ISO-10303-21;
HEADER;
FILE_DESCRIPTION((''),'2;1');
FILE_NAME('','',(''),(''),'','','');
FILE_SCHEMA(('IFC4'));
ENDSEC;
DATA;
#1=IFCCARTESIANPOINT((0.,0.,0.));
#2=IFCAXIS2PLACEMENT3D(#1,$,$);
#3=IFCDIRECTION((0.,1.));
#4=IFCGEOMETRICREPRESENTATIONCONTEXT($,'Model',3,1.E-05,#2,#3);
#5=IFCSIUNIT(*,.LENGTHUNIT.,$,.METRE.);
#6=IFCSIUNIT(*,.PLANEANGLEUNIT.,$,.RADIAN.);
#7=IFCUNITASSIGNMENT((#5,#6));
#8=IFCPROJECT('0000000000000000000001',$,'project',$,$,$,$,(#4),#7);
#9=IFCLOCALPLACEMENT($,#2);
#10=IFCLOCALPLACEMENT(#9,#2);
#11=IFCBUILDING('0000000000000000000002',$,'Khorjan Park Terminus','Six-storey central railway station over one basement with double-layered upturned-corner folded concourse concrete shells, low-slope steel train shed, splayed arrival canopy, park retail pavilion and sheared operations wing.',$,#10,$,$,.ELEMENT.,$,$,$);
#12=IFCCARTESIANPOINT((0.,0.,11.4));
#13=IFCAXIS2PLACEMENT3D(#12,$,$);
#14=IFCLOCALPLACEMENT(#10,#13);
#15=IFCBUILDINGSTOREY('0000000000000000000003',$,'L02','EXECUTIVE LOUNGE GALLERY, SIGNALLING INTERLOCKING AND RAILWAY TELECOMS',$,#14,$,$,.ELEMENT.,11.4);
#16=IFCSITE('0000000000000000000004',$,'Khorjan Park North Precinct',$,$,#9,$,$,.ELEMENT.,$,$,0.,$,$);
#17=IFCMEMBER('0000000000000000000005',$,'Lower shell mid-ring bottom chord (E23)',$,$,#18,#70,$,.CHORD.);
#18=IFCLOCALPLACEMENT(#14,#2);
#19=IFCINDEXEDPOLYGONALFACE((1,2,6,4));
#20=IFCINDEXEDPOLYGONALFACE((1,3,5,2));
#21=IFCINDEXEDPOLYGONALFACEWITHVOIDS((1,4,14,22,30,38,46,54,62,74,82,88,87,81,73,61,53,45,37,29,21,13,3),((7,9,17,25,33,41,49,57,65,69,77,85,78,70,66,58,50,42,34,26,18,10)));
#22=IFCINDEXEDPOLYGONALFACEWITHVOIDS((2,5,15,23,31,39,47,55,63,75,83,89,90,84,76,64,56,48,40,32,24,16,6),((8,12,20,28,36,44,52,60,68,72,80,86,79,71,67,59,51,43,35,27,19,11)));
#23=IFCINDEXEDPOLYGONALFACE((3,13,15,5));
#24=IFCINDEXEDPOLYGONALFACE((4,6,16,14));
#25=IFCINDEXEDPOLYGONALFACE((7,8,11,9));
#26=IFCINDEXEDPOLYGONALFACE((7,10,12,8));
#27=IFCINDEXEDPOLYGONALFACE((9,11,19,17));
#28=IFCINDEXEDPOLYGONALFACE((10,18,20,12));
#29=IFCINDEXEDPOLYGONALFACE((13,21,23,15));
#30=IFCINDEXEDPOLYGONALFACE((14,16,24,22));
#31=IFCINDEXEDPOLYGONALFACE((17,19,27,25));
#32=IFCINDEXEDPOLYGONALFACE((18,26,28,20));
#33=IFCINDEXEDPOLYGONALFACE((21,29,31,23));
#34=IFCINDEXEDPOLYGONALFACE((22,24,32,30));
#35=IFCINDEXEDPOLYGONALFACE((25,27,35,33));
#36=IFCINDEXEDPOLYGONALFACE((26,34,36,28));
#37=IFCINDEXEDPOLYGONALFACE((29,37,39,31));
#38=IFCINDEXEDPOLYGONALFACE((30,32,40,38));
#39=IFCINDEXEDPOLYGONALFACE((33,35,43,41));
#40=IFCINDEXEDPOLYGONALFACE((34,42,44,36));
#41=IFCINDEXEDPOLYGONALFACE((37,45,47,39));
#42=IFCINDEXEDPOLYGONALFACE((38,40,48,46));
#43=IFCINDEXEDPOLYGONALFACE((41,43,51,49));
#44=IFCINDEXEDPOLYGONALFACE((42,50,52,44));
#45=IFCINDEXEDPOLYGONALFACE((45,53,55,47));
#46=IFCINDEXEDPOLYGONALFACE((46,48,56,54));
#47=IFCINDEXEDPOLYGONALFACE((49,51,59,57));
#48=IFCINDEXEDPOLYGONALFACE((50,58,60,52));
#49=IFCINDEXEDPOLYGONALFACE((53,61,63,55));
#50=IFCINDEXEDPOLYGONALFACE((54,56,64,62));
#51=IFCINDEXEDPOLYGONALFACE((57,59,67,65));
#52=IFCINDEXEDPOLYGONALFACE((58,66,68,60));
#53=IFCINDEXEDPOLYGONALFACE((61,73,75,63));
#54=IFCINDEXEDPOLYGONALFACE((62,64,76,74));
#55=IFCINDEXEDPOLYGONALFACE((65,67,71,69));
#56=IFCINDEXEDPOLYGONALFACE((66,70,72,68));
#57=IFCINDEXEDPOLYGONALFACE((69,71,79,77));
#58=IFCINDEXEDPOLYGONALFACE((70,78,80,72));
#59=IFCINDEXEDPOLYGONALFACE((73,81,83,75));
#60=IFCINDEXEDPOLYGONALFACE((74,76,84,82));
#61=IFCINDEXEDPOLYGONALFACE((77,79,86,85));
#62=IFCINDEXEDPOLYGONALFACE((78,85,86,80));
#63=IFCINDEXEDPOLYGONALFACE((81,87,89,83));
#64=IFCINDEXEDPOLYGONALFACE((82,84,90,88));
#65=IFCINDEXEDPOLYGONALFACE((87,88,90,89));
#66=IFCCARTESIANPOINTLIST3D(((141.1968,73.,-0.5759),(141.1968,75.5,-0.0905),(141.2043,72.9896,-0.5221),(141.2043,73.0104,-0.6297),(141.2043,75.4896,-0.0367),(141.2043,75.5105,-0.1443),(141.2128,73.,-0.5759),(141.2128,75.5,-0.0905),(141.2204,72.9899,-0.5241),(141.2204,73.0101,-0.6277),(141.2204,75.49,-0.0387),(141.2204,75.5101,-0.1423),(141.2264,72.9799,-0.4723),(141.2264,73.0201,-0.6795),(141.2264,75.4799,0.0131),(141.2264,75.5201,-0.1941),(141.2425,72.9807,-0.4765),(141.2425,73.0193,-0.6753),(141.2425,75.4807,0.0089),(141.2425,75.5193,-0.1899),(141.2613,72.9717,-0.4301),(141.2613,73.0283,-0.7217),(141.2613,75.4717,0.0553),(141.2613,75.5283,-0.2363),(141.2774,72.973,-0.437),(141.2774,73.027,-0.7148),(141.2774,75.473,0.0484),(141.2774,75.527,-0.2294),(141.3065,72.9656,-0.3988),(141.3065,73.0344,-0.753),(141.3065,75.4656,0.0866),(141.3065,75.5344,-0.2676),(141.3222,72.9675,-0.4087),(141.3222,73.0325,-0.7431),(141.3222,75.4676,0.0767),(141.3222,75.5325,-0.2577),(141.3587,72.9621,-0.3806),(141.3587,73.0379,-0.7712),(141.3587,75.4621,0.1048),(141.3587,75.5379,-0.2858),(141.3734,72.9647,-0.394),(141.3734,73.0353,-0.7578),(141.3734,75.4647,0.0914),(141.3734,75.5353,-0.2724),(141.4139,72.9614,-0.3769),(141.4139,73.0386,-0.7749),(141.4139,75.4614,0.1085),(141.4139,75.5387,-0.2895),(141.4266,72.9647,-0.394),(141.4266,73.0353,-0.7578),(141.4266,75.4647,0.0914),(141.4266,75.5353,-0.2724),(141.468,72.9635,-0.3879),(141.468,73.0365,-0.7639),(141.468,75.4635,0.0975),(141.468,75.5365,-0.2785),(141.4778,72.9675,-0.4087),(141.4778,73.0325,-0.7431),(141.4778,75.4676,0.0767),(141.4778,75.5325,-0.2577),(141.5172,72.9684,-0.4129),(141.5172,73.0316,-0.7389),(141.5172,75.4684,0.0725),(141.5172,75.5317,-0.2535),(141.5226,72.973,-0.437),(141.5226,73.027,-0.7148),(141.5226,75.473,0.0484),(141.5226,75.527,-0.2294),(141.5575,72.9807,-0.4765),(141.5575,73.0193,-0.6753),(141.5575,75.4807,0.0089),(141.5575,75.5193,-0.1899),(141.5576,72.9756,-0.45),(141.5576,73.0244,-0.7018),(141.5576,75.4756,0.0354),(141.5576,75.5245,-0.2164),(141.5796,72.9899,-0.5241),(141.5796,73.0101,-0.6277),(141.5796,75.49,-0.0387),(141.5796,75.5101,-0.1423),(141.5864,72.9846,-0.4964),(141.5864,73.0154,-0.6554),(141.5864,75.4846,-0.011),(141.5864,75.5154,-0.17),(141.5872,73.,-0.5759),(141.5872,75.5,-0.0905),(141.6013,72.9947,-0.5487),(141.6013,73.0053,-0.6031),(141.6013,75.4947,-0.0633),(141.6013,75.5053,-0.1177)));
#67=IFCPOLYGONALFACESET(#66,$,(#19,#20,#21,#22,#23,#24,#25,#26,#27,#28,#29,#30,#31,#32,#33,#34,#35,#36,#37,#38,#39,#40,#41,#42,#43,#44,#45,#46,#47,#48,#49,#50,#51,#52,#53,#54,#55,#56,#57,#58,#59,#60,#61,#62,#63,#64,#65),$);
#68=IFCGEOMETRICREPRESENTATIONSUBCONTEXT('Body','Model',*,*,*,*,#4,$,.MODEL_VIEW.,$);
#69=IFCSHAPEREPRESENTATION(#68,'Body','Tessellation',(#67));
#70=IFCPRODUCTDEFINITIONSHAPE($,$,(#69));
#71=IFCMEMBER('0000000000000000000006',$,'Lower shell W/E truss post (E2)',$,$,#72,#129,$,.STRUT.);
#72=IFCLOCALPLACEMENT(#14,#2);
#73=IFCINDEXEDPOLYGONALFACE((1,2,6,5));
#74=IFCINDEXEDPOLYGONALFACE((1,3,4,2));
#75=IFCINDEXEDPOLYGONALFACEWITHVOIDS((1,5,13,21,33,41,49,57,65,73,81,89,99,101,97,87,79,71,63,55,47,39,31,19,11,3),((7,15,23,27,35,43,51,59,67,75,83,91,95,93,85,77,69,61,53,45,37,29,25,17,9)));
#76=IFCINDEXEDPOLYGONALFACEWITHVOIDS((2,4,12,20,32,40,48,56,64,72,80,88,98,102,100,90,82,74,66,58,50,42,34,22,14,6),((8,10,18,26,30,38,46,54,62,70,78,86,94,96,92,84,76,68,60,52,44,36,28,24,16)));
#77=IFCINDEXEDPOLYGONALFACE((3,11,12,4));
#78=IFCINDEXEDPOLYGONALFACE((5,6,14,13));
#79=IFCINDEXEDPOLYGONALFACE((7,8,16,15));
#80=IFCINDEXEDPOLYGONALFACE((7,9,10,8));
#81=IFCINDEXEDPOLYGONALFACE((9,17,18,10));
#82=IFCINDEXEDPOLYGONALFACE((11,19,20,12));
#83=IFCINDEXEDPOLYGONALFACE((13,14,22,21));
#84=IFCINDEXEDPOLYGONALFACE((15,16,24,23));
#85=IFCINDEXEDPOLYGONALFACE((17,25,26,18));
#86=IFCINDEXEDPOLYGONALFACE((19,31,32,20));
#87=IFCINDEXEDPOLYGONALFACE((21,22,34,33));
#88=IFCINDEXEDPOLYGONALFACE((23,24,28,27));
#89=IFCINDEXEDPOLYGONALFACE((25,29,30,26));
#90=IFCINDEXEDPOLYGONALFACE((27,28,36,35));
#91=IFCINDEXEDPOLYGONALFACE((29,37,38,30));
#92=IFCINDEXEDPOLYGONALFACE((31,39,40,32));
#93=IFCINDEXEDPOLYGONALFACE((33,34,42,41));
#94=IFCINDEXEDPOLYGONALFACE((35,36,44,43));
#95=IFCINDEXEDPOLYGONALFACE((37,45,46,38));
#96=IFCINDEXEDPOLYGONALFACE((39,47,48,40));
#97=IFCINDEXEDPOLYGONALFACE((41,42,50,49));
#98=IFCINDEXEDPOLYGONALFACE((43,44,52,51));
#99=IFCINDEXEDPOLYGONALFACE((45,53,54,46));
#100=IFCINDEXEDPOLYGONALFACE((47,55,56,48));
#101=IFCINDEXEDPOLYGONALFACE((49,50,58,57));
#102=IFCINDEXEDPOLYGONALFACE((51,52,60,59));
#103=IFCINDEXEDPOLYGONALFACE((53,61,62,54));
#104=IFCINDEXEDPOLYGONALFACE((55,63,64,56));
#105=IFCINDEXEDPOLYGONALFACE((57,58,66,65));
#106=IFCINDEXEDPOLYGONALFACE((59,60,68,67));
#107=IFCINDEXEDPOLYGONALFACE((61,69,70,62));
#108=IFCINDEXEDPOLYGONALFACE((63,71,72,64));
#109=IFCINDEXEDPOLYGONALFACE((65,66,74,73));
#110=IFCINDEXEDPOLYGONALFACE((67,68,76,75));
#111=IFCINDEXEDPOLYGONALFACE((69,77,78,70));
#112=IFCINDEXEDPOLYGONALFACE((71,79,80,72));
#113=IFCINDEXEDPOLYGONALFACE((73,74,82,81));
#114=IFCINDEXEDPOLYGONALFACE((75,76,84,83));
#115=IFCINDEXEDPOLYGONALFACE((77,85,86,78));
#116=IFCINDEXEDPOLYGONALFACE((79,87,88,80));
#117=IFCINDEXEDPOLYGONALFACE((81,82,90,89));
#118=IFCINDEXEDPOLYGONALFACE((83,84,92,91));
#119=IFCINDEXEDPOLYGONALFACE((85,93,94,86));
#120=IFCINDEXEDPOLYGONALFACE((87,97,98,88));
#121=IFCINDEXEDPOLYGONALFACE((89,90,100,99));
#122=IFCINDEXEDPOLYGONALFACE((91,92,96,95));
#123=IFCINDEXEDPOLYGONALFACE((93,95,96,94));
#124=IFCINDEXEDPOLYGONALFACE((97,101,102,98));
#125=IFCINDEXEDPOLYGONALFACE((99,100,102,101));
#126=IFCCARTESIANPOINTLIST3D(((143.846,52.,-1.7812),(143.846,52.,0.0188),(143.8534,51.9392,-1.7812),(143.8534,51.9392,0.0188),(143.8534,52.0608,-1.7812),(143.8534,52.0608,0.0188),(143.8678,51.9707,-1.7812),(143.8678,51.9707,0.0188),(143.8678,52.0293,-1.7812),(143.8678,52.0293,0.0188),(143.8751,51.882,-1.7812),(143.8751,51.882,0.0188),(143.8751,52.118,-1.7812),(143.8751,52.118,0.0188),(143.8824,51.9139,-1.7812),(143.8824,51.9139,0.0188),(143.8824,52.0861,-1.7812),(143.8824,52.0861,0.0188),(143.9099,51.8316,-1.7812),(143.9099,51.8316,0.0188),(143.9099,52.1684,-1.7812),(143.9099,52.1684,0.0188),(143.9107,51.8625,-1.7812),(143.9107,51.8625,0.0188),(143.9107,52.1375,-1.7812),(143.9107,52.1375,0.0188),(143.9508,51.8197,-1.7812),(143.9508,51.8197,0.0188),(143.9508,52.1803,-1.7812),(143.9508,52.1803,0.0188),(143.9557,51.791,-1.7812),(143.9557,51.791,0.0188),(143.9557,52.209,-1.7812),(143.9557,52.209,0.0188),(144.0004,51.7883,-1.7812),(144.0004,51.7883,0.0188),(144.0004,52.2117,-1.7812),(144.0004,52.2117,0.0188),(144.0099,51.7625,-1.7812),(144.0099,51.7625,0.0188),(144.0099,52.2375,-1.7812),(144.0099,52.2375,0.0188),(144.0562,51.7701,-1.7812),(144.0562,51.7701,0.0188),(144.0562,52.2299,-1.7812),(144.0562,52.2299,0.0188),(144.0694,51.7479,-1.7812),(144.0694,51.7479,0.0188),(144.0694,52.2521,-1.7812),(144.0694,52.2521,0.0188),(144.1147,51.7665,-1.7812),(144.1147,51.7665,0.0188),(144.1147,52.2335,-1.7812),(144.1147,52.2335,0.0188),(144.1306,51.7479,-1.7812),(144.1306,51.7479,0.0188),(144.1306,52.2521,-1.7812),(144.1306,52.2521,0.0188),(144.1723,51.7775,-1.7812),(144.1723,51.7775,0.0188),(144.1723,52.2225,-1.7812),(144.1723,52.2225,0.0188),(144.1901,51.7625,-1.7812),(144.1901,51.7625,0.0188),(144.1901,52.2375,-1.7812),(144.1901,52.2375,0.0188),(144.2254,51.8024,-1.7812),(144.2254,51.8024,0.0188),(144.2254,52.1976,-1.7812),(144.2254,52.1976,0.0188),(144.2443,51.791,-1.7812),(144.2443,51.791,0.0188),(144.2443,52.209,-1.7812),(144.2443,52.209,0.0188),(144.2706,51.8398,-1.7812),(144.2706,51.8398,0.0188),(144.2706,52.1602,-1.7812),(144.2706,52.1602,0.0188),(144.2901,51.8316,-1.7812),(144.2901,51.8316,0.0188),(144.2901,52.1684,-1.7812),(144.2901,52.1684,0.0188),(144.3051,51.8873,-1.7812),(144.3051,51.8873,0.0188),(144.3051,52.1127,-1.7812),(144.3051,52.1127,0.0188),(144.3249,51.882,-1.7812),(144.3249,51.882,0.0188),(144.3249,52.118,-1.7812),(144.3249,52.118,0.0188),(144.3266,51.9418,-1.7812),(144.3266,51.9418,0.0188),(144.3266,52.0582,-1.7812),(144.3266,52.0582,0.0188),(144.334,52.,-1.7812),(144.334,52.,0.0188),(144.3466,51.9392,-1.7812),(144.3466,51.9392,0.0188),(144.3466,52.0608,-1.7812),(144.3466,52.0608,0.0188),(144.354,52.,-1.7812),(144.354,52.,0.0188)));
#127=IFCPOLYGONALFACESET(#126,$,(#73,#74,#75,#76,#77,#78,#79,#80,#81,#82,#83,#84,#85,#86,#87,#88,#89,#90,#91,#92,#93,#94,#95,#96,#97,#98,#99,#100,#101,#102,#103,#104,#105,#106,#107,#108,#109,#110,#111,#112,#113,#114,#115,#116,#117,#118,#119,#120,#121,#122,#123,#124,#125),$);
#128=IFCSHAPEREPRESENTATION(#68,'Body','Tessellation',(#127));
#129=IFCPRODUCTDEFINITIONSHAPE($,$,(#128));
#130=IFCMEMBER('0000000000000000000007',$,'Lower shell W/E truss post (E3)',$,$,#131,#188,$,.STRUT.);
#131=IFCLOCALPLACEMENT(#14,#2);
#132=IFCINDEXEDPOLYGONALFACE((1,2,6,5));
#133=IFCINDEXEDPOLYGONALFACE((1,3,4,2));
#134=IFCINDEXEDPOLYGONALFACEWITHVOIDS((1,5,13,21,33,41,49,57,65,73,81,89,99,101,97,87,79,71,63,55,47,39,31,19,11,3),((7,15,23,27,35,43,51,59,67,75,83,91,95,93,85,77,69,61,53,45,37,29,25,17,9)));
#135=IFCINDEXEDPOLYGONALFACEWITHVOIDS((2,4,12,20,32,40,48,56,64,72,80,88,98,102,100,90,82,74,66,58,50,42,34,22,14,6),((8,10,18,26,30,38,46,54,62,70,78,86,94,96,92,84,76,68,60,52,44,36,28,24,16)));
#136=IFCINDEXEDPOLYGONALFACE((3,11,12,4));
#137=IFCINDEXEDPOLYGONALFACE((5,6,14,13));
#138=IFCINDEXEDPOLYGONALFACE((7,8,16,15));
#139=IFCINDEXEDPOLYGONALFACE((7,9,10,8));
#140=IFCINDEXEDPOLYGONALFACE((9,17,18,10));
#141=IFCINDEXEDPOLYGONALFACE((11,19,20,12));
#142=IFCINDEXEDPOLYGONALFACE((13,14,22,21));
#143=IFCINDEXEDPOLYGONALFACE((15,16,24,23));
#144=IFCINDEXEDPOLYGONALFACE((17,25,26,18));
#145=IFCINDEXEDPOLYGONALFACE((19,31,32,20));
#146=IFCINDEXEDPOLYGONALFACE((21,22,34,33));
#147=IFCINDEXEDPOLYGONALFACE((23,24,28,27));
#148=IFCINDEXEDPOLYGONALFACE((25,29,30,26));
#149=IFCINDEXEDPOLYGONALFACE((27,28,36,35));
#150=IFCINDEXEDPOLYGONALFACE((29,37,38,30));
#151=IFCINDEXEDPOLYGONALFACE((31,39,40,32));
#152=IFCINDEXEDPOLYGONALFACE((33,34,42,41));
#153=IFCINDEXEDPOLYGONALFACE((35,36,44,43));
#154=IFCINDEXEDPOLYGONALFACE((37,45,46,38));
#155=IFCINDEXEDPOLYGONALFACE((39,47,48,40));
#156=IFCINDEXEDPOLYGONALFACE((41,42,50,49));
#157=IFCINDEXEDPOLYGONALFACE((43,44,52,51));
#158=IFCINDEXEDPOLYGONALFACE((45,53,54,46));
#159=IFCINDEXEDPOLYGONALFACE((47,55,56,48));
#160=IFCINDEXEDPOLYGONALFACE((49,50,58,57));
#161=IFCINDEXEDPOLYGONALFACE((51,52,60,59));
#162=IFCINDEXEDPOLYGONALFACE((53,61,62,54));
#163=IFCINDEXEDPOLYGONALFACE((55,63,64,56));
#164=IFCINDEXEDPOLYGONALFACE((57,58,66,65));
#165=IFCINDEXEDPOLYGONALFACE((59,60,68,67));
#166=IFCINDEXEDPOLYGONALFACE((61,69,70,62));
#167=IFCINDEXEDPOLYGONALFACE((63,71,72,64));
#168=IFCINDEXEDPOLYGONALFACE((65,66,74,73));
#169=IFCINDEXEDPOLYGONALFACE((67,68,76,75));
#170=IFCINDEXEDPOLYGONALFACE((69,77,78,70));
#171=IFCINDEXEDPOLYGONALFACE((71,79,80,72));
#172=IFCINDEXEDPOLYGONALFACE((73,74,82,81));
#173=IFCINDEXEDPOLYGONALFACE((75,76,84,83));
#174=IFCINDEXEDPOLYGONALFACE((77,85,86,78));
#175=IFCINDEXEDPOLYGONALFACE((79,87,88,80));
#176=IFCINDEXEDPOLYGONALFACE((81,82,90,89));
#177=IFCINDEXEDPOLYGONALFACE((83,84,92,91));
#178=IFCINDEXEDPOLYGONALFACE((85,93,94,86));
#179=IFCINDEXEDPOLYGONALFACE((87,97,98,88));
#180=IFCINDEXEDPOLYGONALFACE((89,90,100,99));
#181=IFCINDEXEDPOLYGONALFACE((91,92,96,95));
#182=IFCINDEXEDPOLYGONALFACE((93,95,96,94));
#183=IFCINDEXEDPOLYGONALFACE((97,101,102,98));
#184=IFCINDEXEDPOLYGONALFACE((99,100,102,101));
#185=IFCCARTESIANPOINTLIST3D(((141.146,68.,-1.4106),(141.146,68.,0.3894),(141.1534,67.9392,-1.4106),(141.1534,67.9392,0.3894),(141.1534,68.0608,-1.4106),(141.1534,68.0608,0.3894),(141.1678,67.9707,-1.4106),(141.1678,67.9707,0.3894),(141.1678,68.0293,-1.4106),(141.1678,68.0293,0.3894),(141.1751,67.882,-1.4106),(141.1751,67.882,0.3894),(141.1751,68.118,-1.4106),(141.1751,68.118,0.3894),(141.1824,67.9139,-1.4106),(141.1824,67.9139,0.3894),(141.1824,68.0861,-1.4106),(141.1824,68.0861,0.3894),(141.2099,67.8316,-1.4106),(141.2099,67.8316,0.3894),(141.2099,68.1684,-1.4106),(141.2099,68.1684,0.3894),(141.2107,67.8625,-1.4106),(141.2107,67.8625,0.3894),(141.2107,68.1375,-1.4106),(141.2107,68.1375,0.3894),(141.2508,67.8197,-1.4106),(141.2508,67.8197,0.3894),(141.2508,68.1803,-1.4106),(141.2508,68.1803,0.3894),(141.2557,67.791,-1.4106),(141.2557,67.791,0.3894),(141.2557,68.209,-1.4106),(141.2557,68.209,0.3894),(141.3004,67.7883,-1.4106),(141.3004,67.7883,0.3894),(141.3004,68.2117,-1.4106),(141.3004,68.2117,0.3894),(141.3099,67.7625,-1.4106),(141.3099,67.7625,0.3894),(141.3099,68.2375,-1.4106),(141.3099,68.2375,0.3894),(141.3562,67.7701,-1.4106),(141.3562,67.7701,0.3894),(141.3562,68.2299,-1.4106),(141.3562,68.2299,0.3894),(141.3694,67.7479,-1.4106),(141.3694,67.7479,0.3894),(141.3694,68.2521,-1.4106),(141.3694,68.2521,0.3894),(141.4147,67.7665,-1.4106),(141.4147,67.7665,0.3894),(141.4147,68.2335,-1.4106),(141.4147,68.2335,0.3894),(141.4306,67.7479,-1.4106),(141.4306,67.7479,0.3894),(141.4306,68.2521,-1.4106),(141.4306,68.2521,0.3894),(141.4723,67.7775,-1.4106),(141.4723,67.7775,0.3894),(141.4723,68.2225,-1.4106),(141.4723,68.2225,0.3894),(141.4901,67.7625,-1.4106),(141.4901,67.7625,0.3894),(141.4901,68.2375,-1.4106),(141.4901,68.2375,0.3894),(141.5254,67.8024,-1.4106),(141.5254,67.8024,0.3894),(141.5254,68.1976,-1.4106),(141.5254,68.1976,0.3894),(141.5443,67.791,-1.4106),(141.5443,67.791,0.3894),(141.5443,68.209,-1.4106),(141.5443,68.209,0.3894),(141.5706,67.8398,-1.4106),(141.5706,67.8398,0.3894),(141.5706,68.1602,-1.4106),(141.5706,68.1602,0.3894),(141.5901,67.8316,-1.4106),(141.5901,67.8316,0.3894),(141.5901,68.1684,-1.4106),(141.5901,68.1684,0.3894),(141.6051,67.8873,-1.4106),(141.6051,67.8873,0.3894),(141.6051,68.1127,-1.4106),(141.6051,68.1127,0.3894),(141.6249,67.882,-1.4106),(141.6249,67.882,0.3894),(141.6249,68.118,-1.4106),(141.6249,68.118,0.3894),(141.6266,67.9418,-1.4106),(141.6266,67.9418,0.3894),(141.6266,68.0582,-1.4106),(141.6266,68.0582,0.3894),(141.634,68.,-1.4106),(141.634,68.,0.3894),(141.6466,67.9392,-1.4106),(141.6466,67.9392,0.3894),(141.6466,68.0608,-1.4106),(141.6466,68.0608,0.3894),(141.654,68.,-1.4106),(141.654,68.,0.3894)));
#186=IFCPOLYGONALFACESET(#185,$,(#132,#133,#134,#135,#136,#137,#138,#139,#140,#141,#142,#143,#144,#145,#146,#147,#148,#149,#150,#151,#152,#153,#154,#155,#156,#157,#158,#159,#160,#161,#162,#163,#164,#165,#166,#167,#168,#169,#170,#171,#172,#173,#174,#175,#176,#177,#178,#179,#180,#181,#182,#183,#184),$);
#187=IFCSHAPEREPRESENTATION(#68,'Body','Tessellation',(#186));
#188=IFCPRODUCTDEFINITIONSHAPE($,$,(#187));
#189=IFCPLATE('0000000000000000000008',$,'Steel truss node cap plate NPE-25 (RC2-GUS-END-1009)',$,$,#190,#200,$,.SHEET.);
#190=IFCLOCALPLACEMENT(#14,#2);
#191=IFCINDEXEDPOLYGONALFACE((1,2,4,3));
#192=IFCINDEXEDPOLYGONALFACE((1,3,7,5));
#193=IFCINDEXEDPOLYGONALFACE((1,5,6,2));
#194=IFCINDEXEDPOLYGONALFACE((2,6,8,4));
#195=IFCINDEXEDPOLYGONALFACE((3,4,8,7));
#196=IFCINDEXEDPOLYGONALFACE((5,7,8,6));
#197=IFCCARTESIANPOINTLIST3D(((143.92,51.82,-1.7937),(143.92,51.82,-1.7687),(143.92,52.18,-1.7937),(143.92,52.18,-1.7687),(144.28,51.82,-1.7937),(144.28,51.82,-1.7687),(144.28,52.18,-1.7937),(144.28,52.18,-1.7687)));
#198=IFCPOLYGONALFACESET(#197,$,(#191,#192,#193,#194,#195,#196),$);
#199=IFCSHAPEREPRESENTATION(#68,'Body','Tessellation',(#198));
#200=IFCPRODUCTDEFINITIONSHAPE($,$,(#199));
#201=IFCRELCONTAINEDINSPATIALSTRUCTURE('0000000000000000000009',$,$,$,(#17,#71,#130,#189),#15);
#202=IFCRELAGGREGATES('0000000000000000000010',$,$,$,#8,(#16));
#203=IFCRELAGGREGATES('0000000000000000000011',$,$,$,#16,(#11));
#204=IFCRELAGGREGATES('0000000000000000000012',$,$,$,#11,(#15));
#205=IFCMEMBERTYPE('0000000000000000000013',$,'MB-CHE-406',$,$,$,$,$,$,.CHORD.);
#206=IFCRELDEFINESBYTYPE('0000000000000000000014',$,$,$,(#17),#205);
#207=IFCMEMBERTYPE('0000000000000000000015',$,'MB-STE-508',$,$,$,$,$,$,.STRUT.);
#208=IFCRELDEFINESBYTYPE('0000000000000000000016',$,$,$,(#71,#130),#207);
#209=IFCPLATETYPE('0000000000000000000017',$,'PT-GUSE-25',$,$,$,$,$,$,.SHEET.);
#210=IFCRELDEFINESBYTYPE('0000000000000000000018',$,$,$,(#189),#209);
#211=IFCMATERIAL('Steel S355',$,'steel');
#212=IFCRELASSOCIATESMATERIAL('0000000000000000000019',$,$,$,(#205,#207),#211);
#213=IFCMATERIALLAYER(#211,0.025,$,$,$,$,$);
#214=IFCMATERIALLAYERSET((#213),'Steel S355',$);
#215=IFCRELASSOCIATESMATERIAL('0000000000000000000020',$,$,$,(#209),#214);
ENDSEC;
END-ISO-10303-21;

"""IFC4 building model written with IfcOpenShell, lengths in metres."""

from ifc_helpers import new_model, si_unit, direction, frame, origin, origin_2d, place, context, subcontext, project, spatial, rectangle, hollow_circle, extrude, material, layer, layer_set, material_profile, profile_set, type_object, element, save


model = new_model("IFC4")

# Units and contexts
model_context = context("Model", 3, precision=1e-05, world=origin(), true_north=direction((0.0, 1.0)))
body_context = subcontext(model_context, "Body", "Model", "MODEL_VIEW")
ifc_project = project(units=[si_unit("LENGTHUNIT", "METRE"), si_unit("PLANEANGLEUNIT", "RADIAN")], contexts=[model_context])

# Site, building, storey
site_placement = place(None, origin())
site = spatial("IfcSite", under=ifc_project, at=site_placement, Name="Khorjan Park North Precinct", CompositionType="ELEMENT", RefElevation=0.0)
building_placement = place(site_placement, origin())
building = spatial("IfcBuilding", under=site, at=building_placement, Name="Khorjan Park Terminus", Description="Six-storey central railway station over one basement with double-layered upturned-corner folded concourse concrete shells, low-slope steel train shed, splayed arrival canopy, park retail pavilion and sheared operations wing.", CompositionType="ELEMENT")
storey_placement = place(building_placement, frame((0.0, 0.0, 11.4)))
storey = spatial("IfcBuildingStorey", under=building, at=storey_placement, Name="L02", Description="EXECUTIVE LOUNGE GALLERY, SIGNALLING INTERLOCKING AND RAILWAY TELECOMS", CompositionType="ELEMENT", Elevation=11.4)

# Members
ifc_material_1 = material(Name="Steel S355", Category="steel")
ifc_material_profile_1 = material_profile(ifc_material_1, hollow_circle(Radius=0.2032, WallThickness=0.016, at=origin_2d()), Name="CHS 406.4x16")
ifc_profile_set_1 = profile_set([ifc_material_profile_1], Name="Steel S355")
member_type_1 = type_object("IfcMemberType", Name="MB-CHE-406", PredefinedType="CHORD", material=ifc_profile_set_1)
for number, where, z_axis, x_axis, name in (
    (1, (141.4, 73.0, -0.5759), (0.0, 0.981668, 0.190601), (-1.0, 0.0, 0.0), "Lower shell mid-ring bottom chord (E23)"),
):
    element("IfcMember", number, at=place(storey_placement, frame(where, z_axis=z_axis, x_axis=x_axis)), inside=storey, type_object=member_type_1, Name=name, PredefinedType="CHORD", context=body_context, shape_type="SweptSolid", body=[
        extrude(hollow_circle(Radius=0.2032, WallThickness=0.016, at=origin_2d()), origin(), (0.0, 0.0, 1.0), 2.5467),
    ])
ifc_material_profile_2 = material_profile(ifc_material_1, hollow_circle(Radius=0.254, WallThickness=0.02, at=origin_2d()), Name="CHS 508x20")
ifc_profile_set_2 = profile_set([ifc_material_profile_2], Name="Steel S355")
member_type_2 = type_object("IfcMemberType", Name="MB-STE-508", PredefinedType="STRUT", material=ifc_profile_set_2)
for number, where, z_axis, x_axis, name in (
    (2, (144.1, 52.0, -1.7812), (0.0, 0.0, 1.0), (1.0, 0.0, 0.0), "Lower shell W/E truss post (E2)"),
    (3, (141.4, 68.0, -1.4106), (0.0, 0.0, 1.0), (1.0, 0.0, 0.0), "Lower shell W/E truss post (E3)"),
):
    element("IfcMember", number, at=place(storey_placement, frame(where, z_axis=z_axis, x_axis=x_axis)), inside=storey, type_object=member_type_2, Name=name, PredefinedType="STRUT", context=body_context, shape_type="SweptSolid", body=[
        extrude(hollow_circle(Radius=0.254, WallThickness=0.02, at=origin_2d()), origin(), (0.0, 0.0, 1.0), 1.8),
    ])

# Plate
ifc_layer_1 = layer(ifc_material_1, 0.025)
ifc_layer_set_1 = layer_set([ifc_layer_1], Name="Steel S355")
plate_type = type_object("IfcPlateType", Name="PT-GUSE-25", PredefinedType="SHEET", material=ifc_layer_set_1)
plate_1_placement = place(storey_placement, frame((144.1, 52.0, -1.7937), z_axis=(0.0, 0.0, 1.0), x_axis=(1.0, 0.0, 0.0)))
element("IfcPlate", 4, at=plate_1_placement, inside=storey, type_object=plate_type, Name="Steel truss node cap plate NPE-25 (RC2-GUS-END-1009)", PredefinedType="SHEET", context=body_context, shape_type="SweptSolid", body=[
    extrude(rectangle(XDim=0.36, YDim=0.36, at=origin_2d()), origin(), (0.0, 0.0, 1.0), 0.025),
])

save(model, "model.ifc")
